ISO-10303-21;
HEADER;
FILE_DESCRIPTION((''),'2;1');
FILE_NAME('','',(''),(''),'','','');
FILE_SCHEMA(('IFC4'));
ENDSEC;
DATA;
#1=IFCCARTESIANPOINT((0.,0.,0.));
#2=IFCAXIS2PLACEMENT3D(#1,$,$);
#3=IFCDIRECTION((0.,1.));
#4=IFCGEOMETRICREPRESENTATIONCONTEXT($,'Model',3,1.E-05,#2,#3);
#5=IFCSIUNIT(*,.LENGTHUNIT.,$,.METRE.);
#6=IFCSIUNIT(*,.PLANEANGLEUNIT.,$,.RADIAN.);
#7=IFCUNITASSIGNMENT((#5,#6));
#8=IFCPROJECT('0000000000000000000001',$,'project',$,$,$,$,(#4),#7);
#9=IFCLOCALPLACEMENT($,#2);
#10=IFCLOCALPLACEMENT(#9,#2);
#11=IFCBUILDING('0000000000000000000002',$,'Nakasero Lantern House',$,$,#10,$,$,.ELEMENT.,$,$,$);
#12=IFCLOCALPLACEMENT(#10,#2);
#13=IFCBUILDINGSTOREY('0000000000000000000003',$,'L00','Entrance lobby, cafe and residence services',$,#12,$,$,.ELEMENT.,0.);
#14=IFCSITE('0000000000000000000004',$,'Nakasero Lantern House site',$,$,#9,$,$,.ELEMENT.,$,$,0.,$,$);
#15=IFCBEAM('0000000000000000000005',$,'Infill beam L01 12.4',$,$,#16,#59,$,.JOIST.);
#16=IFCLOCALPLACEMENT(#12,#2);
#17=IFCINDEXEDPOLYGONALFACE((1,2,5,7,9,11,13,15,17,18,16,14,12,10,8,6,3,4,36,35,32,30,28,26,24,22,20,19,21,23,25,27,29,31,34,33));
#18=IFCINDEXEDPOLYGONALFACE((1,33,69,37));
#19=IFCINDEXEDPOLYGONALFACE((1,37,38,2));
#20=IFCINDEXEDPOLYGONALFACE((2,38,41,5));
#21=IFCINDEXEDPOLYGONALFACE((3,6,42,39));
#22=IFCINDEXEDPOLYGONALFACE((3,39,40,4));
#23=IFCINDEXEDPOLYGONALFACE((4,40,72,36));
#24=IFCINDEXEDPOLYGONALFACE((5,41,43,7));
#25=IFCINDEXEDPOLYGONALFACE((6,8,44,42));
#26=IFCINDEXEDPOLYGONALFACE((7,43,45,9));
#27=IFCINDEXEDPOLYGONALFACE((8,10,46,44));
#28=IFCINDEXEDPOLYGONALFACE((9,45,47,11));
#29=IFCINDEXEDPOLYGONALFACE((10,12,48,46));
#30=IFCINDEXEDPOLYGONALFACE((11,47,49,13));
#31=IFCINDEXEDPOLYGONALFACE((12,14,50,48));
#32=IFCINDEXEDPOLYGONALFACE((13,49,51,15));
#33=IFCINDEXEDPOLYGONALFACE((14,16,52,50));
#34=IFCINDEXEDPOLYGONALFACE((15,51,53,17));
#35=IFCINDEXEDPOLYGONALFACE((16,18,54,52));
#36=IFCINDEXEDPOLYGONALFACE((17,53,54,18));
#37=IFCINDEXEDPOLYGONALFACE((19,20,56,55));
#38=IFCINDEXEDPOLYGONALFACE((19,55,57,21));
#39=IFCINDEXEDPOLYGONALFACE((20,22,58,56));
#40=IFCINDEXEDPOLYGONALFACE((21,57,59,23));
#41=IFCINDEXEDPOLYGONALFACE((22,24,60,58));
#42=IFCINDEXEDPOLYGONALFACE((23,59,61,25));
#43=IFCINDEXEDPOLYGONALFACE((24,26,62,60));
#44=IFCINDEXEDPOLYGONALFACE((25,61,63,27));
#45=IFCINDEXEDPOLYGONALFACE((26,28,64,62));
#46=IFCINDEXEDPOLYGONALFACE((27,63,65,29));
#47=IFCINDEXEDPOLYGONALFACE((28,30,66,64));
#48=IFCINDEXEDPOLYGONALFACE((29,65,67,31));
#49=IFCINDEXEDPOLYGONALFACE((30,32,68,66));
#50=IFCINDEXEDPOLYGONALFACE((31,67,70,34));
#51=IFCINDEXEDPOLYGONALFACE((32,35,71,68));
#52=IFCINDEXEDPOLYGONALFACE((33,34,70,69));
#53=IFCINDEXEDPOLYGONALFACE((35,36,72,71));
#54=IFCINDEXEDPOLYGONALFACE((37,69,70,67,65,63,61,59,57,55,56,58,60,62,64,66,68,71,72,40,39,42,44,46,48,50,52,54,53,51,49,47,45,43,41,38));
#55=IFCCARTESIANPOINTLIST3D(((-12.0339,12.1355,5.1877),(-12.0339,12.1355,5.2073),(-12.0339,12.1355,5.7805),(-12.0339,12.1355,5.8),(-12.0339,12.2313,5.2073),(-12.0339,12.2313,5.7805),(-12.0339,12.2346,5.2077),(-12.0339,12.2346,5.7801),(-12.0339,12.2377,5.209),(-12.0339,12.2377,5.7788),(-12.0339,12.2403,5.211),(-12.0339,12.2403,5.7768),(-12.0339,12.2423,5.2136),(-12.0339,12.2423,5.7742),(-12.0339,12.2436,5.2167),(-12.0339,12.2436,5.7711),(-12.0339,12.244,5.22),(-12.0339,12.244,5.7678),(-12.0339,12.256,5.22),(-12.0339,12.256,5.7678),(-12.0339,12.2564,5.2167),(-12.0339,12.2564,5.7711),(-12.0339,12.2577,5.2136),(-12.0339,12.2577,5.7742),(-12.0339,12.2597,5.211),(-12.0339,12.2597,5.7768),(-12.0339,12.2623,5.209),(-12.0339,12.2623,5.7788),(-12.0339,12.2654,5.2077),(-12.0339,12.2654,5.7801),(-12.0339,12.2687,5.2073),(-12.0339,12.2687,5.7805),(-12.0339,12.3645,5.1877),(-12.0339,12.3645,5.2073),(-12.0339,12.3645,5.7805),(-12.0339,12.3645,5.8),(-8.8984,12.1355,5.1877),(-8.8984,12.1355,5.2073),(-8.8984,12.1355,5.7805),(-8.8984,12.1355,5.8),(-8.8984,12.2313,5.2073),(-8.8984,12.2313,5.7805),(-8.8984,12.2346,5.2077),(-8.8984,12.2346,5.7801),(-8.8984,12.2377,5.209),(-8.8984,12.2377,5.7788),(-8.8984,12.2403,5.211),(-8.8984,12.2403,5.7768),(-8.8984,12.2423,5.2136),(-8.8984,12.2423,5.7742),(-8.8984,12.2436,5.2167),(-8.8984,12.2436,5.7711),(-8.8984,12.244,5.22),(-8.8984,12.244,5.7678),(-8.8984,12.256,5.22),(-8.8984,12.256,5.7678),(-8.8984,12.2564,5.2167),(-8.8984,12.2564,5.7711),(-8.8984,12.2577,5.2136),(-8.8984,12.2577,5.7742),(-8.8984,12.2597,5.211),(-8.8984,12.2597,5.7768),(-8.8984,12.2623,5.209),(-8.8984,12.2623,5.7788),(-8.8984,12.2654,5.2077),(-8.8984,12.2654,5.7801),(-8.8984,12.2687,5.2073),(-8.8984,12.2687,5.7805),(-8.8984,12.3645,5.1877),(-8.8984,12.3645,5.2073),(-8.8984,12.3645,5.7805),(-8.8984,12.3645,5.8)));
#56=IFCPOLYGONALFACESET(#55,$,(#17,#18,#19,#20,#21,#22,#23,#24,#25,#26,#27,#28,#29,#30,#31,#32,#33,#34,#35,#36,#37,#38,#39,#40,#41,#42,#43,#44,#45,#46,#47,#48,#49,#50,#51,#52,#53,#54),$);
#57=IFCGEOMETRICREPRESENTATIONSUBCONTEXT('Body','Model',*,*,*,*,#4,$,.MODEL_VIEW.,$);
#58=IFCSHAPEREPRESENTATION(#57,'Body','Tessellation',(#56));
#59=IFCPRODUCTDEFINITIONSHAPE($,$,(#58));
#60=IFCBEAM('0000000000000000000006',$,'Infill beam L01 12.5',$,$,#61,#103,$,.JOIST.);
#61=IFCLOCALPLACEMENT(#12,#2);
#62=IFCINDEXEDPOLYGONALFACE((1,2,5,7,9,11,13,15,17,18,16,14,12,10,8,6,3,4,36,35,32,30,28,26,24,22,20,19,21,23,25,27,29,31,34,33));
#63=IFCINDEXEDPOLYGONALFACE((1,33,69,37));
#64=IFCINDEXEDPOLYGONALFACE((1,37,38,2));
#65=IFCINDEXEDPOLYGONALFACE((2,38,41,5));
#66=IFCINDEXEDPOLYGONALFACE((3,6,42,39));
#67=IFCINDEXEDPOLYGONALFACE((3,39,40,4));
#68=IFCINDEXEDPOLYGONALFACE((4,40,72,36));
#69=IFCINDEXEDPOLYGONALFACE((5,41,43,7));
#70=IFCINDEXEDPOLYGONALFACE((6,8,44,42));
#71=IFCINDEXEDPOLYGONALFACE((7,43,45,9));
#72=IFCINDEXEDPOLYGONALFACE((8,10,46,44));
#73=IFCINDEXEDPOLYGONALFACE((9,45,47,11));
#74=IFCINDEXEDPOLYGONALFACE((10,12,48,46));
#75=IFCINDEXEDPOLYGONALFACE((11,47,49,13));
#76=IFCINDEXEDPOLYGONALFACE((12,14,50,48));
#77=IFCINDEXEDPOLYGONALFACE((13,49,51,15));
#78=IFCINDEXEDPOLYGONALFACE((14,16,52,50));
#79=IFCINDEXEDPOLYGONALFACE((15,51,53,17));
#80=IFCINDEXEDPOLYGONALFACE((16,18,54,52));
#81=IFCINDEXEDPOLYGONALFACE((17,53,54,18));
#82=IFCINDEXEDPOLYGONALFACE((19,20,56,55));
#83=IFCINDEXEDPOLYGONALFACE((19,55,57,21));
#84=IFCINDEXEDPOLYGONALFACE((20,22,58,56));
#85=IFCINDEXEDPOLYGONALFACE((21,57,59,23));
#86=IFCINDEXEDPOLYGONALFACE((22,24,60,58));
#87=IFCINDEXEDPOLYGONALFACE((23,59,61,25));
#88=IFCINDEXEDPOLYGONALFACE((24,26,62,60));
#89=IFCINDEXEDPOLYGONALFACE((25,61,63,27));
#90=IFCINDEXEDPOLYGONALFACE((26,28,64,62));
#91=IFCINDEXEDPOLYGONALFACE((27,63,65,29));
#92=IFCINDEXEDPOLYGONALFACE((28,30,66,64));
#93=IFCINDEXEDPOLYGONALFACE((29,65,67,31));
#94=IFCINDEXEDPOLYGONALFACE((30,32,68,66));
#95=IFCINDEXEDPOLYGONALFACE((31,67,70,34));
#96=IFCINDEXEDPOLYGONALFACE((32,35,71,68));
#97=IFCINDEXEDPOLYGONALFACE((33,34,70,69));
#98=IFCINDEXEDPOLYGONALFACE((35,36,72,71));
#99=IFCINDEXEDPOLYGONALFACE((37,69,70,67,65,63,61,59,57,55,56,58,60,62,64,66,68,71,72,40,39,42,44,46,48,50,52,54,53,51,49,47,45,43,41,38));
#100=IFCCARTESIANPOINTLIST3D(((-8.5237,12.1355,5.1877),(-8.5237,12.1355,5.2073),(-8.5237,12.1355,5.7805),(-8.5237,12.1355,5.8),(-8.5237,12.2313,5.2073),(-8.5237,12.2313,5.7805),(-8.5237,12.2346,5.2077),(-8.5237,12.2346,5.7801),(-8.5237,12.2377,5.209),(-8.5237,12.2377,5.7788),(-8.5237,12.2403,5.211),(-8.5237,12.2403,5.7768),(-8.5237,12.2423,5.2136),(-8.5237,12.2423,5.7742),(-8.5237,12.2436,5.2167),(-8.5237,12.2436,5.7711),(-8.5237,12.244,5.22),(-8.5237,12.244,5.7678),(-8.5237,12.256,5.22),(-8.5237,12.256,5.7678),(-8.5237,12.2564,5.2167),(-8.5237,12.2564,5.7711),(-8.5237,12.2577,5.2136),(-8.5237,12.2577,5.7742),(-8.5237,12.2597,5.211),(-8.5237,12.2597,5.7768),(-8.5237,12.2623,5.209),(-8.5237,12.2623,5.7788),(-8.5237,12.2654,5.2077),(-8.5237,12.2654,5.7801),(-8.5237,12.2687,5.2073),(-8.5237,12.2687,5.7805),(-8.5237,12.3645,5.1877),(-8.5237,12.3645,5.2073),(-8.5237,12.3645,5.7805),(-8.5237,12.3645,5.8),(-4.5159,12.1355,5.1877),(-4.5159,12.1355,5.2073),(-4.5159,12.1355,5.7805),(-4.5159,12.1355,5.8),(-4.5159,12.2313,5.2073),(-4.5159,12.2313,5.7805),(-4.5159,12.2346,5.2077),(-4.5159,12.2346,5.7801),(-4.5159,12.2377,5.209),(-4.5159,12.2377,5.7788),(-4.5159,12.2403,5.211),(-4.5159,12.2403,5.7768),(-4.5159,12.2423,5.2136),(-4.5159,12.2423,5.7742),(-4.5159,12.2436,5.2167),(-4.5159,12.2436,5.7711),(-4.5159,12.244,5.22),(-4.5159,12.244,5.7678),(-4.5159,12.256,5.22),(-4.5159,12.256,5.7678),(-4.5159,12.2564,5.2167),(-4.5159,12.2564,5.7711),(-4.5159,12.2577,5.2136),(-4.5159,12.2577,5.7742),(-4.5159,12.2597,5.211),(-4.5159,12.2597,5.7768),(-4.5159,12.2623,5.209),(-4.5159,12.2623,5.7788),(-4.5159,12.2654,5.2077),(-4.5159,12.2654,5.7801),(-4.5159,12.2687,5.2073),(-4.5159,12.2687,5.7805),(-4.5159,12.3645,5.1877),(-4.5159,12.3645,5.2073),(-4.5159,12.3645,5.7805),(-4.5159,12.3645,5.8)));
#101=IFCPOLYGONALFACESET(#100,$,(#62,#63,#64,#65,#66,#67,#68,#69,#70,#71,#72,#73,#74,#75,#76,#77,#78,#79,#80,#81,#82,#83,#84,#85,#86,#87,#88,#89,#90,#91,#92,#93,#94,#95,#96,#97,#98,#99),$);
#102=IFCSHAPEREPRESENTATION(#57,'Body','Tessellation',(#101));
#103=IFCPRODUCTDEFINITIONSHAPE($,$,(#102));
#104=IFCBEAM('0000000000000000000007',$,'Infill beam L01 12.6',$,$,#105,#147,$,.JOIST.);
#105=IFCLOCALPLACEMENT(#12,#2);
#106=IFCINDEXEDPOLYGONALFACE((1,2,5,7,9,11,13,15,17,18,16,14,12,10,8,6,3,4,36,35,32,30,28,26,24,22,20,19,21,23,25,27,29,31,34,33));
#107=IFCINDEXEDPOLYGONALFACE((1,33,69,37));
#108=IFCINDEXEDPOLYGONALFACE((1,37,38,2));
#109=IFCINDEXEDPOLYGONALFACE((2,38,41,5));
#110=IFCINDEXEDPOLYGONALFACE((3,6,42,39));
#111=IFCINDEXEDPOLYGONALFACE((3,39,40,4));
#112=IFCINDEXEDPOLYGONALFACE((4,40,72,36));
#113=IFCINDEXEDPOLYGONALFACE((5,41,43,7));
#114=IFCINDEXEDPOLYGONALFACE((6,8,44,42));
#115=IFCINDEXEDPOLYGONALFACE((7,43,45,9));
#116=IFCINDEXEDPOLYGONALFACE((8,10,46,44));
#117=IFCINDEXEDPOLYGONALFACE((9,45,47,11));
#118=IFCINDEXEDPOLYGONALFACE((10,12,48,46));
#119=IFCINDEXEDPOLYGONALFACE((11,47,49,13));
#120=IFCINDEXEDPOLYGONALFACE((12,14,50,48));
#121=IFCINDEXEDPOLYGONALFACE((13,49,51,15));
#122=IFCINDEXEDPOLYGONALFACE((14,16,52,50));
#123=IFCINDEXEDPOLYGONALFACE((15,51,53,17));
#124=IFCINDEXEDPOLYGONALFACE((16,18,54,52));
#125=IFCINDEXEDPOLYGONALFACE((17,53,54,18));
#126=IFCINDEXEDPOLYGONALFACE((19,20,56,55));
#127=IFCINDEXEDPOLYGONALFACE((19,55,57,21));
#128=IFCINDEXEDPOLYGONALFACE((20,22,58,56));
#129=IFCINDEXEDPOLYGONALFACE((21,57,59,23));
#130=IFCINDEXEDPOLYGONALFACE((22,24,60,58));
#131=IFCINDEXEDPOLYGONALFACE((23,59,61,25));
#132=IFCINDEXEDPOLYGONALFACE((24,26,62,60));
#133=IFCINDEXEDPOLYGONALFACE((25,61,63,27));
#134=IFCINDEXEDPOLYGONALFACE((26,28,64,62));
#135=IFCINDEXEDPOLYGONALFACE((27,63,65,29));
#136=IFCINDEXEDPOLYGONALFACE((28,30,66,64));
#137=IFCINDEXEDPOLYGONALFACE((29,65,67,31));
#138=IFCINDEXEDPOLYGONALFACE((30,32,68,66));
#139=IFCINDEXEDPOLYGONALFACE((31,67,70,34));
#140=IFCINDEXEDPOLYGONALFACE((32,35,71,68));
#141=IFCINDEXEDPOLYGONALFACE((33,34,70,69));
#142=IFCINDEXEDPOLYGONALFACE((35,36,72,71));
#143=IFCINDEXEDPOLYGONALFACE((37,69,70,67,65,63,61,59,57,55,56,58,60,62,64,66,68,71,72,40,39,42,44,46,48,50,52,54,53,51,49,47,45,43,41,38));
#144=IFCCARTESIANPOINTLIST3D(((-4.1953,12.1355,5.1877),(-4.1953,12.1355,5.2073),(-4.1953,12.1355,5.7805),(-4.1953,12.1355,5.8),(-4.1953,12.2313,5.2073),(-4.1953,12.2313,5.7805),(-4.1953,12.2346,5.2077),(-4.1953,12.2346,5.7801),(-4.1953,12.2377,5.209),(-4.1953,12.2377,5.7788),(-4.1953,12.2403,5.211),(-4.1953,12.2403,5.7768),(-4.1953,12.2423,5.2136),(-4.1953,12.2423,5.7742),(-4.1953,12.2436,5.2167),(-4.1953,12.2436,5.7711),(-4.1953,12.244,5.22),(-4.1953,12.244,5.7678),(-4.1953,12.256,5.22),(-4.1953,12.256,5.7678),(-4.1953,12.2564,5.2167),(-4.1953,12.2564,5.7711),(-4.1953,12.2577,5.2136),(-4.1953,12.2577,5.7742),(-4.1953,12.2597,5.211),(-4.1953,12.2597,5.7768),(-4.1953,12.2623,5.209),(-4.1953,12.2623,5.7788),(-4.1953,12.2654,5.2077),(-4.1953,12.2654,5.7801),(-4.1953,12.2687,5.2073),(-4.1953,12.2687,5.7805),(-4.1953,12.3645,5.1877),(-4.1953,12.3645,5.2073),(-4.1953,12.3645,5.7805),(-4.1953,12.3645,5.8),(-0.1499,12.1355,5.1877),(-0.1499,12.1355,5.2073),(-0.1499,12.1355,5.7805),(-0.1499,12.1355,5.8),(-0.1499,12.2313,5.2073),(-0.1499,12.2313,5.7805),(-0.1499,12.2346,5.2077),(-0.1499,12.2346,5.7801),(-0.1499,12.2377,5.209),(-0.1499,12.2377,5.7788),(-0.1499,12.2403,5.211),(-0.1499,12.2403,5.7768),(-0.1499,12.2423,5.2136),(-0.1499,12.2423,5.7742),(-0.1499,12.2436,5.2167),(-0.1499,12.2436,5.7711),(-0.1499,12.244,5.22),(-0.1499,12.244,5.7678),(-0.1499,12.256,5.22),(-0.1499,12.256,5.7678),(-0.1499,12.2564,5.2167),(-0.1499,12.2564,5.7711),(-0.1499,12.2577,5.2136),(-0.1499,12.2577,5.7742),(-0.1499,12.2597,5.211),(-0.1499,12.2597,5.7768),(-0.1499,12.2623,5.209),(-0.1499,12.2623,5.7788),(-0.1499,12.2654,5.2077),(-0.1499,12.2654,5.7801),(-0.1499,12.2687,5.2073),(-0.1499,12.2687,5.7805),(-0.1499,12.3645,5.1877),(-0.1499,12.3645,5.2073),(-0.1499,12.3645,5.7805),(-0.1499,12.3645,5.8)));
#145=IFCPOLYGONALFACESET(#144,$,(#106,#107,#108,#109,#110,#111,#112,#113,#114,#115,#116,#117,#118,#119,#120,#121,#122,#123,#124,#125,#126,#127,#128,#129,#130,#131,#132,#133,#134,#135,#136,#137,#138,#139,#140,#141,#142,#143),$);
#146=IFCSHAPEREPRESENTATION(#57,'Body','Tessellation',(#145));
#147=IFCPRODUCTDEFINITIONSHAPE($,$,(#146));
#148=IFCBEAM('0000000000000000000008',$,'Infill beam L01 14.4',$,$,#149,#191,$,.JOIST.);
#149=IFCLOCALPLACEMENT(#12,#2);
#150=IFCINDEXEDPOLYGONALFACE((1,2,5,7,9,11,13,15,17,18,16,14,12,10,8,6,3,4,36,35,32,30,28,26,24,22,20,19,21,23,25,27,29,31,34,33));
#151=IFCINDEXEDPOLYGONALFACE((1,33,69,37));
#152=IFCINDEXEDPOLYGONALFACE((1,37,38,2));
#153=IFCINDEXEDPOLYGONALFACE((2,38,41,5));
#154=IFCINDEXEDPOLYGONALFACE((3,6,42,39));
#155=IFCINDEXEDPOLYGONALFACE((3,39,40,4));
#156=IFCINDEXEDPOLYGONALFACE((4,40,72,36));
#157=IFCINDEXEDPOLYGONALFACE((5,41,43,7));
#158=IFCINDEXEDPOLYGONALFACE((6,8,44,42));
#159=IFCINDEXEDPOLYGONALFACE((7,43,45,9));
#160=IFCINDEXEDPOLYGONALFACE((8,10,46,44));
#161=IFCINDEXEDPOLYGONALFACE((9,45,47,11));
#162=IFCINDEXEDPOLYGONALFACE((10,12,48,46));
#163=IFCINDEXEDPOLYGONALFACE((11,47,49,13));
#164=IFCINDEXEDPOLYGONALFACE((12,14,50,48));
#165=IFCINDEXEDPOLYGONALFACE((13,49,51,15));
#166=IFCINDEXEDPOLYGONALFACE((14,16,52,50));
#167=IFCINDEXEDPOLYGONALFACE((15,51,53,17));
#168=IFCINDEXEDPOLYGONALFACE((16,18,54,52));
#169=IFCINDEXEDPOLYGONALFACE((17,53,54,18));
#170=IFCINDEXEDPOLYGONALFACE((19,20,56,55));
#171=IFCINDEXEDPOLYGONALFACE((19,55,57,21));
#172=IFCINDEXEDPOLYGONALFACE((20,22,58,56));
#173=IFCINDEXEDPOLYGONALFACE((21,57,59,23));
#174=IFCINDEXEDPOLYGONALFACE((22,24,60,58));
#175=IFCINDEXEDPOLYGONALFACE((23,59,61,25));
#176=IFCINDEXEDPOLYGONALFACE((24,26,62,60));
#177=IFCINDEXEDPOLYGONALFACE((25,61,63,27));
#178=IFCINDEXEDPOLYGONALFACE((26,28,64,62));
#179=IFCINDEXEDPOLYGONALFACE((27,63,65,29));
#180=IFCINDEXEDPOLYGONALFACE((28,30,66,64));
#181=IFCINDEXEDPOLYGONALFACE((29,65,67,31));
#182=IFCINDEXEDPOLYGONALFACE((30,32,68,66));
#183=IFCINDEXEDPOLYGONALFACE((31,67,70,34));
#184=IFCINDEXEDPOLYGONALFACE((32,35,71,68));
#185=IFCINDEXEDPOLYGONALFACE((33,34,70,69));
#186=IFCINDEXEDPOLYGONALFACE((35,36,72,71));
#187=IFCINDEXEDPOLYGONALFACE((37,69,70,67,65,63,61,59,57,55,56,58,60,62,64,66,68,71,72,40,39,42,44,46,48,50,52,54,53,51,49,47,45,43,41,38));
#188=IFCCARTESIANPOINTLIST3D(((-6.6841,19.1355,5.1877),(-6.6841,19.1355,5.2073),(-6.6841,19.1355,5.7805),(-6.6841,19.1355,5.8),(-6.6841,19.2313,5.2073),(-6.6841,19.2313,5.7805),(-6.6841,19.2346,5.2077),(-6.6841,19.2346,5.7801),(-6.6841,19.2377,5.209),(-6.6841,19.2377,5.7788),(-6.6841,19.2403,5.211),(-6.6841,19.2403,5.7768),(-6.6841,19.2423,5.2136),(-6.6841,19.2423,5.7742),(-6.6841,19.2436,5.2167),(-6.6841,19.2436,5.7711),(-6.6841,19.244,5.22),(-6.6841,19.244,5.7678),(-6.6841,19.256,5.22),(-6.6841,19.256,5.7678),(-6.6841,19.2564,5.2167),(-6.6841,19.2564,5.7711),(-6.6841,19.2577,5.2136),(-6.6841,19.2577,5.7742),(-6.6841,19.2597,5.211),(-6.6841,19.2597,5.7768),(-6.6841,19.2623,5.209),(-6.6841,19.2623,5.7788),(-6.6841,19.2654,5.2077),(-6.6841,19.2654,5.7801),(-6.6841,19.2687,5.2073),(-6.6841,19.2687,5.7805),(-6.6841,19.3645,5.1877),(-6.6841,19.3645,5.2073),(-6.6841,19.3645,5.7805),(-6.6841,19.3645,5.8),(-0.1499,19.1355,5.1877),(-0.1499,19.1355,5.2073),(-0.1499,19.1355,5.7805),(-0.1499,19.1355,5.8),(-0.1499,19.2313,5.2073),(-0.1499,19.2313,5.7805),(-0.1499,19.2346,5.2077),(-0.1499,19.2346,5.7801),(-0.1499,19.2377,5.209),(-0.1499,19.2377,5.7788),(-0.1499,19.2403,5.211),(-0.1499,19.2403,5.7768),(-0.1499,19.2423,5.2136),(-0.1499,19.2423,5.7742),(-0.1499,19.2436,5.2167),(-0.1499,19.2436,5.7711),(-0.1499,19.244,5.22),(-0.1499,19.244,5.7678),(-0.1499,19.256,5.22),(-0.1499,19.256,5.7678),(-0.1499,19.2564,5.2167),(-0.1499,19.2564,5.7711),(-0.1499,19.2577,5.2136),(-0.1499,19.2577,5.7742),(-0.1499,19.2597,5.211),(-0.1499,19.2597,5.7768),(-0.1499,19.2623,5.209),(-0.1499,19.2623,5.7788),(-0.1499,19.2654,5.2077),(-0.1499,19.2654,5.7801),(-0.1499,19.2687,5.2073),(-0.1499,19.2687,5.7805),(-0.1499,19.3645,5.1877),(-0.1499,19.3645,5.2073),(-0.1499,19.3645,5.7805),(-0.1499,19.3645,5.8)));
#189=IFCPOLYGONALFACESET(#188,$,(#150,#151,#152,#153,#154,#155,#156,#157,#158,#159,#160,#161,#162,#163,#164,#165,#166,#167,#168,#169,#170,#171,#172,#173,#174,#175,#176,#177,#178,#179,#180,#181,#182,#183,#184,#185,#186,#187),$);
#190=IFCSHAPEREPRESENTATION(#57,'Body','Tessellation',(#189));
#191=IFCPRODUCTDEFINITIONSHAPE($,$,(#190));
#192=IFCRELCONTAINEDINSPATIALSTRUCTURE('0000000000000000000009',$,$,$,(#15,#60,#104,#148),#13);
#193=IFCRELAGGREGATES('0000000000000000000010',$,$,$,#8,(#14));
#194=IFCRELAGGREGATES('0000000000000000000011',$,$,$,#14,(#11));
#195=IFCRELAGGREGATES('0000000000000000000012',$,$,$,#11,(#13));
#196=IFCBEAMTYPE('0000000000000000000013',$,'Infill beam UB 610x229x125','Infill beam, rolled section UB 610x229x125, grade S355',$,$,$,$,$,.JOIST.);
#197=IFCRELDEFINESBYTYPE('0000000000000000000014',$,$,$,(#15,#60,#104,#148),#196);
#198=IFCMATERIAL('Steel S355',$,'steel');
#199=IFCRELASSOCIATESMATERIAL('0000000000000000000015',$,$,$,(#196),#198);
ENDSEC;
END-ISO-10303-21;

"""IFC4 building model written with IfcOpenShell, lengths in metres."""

from ifc_helpers import new_model, si_unit, direction, frame, origin, origin_2d, place, context, subcontext, project, spatial, i_section, extrude, material, material_profile, profile_set, type_object, element, save


model = new_model("IFC4")

# Units and contexts
model_context = context("Model", 3, precision=1e-05, world=origin(), true_north=direction((0.0, 1.0)))
body_context = subcontext(model_context, "Body", "Model", "MODEL_VIEW")
ifc_project = project(units=[si_unit("LENGTHUNIT", "METRE"), si_unit("PLANEANGLEUNIT", "RADIAN")], contexts=[model_context])

# Site, building, storey
site_placement = place(None, origin())
site = spatial("IfcSite", under=ifc_project, at=site_placement, Name="Nakasero Lantern House site", CompositionType="ELEMENT", RefElevation=0.0)
building_placement = place(site_placement, origin())
building = spatial("IfcBuilding", under=site, at=building_placement, Name="Nakasero Lantern House", CompositionType="ELEMENT")
storey_placement = place(building_placement, origin())
storey = spatial("IfcBuildingStorey", under=building, at=storey_placement, Name="L00", Description="Entrance lobby, cafe and residence services", CompositionType="ELEMENT", Elevation=0.0)

# Beams
ifc_material_1 = material(Name="Steel S355", Category="steel")
ifc_material_profile_1 = material_profile(ifc_material_1, i_section(OverallWidth=0.229, OverallDepth=0.6123, WebThickness=0.012, FlangeThickness=0.0195, FilletRadius=0.0127, at=origin_2d()), Name="UB 610x229x125")
ifc_profile_set_1 = profile_set([ifc_material_profile_1], Name="Steel S355")
beam_type_1 = type_object("IfcBeamType", Name="Infill beam UB 610x229x125", Description="Infill beam, rolled section UB 610x229x125, grade S355", PredefinedType="JOIST", material=ifc_profile_set_1)
beam_1_placement = place(storey_placement, frame((-12.0339, 12.25, 5.4939), z_axis=(1.0, 0.0, 0.0), x_axis=(0.0, 1.0, 0.0)))
element("IfcBeam", 1, at=beam_1_placement, inside=storey, type_object=beam_type_1, Name="Infill beam L01 12.4", PredefinedType="JOIST", context=body_context, shape_type="SweptSolid", body=[
    extrude(i_section(OverallWidth=0.229, OverallDepth=0.6123, WebThickness=0.012, FlangeThickness=0.0195, FilletRadius=0.0127, at=origin_2d()), origin(), (0.0, 0.0, 1.0), 3.1355),
])
beam_2_placement = place(storey_placement, frame((-8.5237, 12.25, 5.4939), z_axis=(1.0, 0.0, 0.0), x_axis=(0.0, 1.0, 0.0)))
element("IfcBeam", 2, at=beam_2_placement, inside=storey, type_object=beam_type_1, Name="Infill beam L01 12.5", PredefinedType="JOIST", context=body_context, shape_type="SweptSolid", body=[
    extrude(i_section(OverallWidth=0.229, OverallDepth=0.6123, WebThickness=0.012, FlangeThickness=0.0195, FilletRadius=0.0127, at=origin_2d()), origin(), (0.0, 0.0, 1.0), 4.0078),
])
beam_3_placement = place(storey_placement, frame((-4.1953, 12.25, 5.4939), z_axis=(1.0, 0.0, 0.0), x_axis=(0.0, 1.0, 0.0)))
element("IfcBeam", 3, at=beam_3_placement, inside=storey, type_object=beam_type_1, Name="Infill beam L01 12.6", PredefinedType="JOIST", context=body_context, shape_type="SweptSolid", body=[
    extrude(i_section(OverallWidth=0.229, OverallDepth=0.6123, WebThickness=0.012, FlangeThickness=0.0195, FilletRadius=0.0127, at=origin_2d()), origin(), (0.0, 0.0, 1.0), 4.0454),
])
beam_4_placement = place(storey_placement, frame((-6.6841, 19.25, 5.4939), z_axis=(1.0, 0.0, 0.0), x_axis=(0.0, 1.0, 0.0)))
element("IfcBeam", 4, at=beam_4_placement, inside=storey, type_object=beam_type_1, Name="Infill beam L01 14.4", PredefinedType="JOIST", context=body_context, shape_type="SweptSolid", body=[
    extrude(i_section(OverallWidth=0.229, OverallDepth=0.6123, WebThickness=0.012, FlangeThickness=0.0195, FilletRadius=0.0127, at=origin_2d()), origin(), (0.0, 0.0, 1.0), 6.5342),
])

save(model, "model.ifc")
